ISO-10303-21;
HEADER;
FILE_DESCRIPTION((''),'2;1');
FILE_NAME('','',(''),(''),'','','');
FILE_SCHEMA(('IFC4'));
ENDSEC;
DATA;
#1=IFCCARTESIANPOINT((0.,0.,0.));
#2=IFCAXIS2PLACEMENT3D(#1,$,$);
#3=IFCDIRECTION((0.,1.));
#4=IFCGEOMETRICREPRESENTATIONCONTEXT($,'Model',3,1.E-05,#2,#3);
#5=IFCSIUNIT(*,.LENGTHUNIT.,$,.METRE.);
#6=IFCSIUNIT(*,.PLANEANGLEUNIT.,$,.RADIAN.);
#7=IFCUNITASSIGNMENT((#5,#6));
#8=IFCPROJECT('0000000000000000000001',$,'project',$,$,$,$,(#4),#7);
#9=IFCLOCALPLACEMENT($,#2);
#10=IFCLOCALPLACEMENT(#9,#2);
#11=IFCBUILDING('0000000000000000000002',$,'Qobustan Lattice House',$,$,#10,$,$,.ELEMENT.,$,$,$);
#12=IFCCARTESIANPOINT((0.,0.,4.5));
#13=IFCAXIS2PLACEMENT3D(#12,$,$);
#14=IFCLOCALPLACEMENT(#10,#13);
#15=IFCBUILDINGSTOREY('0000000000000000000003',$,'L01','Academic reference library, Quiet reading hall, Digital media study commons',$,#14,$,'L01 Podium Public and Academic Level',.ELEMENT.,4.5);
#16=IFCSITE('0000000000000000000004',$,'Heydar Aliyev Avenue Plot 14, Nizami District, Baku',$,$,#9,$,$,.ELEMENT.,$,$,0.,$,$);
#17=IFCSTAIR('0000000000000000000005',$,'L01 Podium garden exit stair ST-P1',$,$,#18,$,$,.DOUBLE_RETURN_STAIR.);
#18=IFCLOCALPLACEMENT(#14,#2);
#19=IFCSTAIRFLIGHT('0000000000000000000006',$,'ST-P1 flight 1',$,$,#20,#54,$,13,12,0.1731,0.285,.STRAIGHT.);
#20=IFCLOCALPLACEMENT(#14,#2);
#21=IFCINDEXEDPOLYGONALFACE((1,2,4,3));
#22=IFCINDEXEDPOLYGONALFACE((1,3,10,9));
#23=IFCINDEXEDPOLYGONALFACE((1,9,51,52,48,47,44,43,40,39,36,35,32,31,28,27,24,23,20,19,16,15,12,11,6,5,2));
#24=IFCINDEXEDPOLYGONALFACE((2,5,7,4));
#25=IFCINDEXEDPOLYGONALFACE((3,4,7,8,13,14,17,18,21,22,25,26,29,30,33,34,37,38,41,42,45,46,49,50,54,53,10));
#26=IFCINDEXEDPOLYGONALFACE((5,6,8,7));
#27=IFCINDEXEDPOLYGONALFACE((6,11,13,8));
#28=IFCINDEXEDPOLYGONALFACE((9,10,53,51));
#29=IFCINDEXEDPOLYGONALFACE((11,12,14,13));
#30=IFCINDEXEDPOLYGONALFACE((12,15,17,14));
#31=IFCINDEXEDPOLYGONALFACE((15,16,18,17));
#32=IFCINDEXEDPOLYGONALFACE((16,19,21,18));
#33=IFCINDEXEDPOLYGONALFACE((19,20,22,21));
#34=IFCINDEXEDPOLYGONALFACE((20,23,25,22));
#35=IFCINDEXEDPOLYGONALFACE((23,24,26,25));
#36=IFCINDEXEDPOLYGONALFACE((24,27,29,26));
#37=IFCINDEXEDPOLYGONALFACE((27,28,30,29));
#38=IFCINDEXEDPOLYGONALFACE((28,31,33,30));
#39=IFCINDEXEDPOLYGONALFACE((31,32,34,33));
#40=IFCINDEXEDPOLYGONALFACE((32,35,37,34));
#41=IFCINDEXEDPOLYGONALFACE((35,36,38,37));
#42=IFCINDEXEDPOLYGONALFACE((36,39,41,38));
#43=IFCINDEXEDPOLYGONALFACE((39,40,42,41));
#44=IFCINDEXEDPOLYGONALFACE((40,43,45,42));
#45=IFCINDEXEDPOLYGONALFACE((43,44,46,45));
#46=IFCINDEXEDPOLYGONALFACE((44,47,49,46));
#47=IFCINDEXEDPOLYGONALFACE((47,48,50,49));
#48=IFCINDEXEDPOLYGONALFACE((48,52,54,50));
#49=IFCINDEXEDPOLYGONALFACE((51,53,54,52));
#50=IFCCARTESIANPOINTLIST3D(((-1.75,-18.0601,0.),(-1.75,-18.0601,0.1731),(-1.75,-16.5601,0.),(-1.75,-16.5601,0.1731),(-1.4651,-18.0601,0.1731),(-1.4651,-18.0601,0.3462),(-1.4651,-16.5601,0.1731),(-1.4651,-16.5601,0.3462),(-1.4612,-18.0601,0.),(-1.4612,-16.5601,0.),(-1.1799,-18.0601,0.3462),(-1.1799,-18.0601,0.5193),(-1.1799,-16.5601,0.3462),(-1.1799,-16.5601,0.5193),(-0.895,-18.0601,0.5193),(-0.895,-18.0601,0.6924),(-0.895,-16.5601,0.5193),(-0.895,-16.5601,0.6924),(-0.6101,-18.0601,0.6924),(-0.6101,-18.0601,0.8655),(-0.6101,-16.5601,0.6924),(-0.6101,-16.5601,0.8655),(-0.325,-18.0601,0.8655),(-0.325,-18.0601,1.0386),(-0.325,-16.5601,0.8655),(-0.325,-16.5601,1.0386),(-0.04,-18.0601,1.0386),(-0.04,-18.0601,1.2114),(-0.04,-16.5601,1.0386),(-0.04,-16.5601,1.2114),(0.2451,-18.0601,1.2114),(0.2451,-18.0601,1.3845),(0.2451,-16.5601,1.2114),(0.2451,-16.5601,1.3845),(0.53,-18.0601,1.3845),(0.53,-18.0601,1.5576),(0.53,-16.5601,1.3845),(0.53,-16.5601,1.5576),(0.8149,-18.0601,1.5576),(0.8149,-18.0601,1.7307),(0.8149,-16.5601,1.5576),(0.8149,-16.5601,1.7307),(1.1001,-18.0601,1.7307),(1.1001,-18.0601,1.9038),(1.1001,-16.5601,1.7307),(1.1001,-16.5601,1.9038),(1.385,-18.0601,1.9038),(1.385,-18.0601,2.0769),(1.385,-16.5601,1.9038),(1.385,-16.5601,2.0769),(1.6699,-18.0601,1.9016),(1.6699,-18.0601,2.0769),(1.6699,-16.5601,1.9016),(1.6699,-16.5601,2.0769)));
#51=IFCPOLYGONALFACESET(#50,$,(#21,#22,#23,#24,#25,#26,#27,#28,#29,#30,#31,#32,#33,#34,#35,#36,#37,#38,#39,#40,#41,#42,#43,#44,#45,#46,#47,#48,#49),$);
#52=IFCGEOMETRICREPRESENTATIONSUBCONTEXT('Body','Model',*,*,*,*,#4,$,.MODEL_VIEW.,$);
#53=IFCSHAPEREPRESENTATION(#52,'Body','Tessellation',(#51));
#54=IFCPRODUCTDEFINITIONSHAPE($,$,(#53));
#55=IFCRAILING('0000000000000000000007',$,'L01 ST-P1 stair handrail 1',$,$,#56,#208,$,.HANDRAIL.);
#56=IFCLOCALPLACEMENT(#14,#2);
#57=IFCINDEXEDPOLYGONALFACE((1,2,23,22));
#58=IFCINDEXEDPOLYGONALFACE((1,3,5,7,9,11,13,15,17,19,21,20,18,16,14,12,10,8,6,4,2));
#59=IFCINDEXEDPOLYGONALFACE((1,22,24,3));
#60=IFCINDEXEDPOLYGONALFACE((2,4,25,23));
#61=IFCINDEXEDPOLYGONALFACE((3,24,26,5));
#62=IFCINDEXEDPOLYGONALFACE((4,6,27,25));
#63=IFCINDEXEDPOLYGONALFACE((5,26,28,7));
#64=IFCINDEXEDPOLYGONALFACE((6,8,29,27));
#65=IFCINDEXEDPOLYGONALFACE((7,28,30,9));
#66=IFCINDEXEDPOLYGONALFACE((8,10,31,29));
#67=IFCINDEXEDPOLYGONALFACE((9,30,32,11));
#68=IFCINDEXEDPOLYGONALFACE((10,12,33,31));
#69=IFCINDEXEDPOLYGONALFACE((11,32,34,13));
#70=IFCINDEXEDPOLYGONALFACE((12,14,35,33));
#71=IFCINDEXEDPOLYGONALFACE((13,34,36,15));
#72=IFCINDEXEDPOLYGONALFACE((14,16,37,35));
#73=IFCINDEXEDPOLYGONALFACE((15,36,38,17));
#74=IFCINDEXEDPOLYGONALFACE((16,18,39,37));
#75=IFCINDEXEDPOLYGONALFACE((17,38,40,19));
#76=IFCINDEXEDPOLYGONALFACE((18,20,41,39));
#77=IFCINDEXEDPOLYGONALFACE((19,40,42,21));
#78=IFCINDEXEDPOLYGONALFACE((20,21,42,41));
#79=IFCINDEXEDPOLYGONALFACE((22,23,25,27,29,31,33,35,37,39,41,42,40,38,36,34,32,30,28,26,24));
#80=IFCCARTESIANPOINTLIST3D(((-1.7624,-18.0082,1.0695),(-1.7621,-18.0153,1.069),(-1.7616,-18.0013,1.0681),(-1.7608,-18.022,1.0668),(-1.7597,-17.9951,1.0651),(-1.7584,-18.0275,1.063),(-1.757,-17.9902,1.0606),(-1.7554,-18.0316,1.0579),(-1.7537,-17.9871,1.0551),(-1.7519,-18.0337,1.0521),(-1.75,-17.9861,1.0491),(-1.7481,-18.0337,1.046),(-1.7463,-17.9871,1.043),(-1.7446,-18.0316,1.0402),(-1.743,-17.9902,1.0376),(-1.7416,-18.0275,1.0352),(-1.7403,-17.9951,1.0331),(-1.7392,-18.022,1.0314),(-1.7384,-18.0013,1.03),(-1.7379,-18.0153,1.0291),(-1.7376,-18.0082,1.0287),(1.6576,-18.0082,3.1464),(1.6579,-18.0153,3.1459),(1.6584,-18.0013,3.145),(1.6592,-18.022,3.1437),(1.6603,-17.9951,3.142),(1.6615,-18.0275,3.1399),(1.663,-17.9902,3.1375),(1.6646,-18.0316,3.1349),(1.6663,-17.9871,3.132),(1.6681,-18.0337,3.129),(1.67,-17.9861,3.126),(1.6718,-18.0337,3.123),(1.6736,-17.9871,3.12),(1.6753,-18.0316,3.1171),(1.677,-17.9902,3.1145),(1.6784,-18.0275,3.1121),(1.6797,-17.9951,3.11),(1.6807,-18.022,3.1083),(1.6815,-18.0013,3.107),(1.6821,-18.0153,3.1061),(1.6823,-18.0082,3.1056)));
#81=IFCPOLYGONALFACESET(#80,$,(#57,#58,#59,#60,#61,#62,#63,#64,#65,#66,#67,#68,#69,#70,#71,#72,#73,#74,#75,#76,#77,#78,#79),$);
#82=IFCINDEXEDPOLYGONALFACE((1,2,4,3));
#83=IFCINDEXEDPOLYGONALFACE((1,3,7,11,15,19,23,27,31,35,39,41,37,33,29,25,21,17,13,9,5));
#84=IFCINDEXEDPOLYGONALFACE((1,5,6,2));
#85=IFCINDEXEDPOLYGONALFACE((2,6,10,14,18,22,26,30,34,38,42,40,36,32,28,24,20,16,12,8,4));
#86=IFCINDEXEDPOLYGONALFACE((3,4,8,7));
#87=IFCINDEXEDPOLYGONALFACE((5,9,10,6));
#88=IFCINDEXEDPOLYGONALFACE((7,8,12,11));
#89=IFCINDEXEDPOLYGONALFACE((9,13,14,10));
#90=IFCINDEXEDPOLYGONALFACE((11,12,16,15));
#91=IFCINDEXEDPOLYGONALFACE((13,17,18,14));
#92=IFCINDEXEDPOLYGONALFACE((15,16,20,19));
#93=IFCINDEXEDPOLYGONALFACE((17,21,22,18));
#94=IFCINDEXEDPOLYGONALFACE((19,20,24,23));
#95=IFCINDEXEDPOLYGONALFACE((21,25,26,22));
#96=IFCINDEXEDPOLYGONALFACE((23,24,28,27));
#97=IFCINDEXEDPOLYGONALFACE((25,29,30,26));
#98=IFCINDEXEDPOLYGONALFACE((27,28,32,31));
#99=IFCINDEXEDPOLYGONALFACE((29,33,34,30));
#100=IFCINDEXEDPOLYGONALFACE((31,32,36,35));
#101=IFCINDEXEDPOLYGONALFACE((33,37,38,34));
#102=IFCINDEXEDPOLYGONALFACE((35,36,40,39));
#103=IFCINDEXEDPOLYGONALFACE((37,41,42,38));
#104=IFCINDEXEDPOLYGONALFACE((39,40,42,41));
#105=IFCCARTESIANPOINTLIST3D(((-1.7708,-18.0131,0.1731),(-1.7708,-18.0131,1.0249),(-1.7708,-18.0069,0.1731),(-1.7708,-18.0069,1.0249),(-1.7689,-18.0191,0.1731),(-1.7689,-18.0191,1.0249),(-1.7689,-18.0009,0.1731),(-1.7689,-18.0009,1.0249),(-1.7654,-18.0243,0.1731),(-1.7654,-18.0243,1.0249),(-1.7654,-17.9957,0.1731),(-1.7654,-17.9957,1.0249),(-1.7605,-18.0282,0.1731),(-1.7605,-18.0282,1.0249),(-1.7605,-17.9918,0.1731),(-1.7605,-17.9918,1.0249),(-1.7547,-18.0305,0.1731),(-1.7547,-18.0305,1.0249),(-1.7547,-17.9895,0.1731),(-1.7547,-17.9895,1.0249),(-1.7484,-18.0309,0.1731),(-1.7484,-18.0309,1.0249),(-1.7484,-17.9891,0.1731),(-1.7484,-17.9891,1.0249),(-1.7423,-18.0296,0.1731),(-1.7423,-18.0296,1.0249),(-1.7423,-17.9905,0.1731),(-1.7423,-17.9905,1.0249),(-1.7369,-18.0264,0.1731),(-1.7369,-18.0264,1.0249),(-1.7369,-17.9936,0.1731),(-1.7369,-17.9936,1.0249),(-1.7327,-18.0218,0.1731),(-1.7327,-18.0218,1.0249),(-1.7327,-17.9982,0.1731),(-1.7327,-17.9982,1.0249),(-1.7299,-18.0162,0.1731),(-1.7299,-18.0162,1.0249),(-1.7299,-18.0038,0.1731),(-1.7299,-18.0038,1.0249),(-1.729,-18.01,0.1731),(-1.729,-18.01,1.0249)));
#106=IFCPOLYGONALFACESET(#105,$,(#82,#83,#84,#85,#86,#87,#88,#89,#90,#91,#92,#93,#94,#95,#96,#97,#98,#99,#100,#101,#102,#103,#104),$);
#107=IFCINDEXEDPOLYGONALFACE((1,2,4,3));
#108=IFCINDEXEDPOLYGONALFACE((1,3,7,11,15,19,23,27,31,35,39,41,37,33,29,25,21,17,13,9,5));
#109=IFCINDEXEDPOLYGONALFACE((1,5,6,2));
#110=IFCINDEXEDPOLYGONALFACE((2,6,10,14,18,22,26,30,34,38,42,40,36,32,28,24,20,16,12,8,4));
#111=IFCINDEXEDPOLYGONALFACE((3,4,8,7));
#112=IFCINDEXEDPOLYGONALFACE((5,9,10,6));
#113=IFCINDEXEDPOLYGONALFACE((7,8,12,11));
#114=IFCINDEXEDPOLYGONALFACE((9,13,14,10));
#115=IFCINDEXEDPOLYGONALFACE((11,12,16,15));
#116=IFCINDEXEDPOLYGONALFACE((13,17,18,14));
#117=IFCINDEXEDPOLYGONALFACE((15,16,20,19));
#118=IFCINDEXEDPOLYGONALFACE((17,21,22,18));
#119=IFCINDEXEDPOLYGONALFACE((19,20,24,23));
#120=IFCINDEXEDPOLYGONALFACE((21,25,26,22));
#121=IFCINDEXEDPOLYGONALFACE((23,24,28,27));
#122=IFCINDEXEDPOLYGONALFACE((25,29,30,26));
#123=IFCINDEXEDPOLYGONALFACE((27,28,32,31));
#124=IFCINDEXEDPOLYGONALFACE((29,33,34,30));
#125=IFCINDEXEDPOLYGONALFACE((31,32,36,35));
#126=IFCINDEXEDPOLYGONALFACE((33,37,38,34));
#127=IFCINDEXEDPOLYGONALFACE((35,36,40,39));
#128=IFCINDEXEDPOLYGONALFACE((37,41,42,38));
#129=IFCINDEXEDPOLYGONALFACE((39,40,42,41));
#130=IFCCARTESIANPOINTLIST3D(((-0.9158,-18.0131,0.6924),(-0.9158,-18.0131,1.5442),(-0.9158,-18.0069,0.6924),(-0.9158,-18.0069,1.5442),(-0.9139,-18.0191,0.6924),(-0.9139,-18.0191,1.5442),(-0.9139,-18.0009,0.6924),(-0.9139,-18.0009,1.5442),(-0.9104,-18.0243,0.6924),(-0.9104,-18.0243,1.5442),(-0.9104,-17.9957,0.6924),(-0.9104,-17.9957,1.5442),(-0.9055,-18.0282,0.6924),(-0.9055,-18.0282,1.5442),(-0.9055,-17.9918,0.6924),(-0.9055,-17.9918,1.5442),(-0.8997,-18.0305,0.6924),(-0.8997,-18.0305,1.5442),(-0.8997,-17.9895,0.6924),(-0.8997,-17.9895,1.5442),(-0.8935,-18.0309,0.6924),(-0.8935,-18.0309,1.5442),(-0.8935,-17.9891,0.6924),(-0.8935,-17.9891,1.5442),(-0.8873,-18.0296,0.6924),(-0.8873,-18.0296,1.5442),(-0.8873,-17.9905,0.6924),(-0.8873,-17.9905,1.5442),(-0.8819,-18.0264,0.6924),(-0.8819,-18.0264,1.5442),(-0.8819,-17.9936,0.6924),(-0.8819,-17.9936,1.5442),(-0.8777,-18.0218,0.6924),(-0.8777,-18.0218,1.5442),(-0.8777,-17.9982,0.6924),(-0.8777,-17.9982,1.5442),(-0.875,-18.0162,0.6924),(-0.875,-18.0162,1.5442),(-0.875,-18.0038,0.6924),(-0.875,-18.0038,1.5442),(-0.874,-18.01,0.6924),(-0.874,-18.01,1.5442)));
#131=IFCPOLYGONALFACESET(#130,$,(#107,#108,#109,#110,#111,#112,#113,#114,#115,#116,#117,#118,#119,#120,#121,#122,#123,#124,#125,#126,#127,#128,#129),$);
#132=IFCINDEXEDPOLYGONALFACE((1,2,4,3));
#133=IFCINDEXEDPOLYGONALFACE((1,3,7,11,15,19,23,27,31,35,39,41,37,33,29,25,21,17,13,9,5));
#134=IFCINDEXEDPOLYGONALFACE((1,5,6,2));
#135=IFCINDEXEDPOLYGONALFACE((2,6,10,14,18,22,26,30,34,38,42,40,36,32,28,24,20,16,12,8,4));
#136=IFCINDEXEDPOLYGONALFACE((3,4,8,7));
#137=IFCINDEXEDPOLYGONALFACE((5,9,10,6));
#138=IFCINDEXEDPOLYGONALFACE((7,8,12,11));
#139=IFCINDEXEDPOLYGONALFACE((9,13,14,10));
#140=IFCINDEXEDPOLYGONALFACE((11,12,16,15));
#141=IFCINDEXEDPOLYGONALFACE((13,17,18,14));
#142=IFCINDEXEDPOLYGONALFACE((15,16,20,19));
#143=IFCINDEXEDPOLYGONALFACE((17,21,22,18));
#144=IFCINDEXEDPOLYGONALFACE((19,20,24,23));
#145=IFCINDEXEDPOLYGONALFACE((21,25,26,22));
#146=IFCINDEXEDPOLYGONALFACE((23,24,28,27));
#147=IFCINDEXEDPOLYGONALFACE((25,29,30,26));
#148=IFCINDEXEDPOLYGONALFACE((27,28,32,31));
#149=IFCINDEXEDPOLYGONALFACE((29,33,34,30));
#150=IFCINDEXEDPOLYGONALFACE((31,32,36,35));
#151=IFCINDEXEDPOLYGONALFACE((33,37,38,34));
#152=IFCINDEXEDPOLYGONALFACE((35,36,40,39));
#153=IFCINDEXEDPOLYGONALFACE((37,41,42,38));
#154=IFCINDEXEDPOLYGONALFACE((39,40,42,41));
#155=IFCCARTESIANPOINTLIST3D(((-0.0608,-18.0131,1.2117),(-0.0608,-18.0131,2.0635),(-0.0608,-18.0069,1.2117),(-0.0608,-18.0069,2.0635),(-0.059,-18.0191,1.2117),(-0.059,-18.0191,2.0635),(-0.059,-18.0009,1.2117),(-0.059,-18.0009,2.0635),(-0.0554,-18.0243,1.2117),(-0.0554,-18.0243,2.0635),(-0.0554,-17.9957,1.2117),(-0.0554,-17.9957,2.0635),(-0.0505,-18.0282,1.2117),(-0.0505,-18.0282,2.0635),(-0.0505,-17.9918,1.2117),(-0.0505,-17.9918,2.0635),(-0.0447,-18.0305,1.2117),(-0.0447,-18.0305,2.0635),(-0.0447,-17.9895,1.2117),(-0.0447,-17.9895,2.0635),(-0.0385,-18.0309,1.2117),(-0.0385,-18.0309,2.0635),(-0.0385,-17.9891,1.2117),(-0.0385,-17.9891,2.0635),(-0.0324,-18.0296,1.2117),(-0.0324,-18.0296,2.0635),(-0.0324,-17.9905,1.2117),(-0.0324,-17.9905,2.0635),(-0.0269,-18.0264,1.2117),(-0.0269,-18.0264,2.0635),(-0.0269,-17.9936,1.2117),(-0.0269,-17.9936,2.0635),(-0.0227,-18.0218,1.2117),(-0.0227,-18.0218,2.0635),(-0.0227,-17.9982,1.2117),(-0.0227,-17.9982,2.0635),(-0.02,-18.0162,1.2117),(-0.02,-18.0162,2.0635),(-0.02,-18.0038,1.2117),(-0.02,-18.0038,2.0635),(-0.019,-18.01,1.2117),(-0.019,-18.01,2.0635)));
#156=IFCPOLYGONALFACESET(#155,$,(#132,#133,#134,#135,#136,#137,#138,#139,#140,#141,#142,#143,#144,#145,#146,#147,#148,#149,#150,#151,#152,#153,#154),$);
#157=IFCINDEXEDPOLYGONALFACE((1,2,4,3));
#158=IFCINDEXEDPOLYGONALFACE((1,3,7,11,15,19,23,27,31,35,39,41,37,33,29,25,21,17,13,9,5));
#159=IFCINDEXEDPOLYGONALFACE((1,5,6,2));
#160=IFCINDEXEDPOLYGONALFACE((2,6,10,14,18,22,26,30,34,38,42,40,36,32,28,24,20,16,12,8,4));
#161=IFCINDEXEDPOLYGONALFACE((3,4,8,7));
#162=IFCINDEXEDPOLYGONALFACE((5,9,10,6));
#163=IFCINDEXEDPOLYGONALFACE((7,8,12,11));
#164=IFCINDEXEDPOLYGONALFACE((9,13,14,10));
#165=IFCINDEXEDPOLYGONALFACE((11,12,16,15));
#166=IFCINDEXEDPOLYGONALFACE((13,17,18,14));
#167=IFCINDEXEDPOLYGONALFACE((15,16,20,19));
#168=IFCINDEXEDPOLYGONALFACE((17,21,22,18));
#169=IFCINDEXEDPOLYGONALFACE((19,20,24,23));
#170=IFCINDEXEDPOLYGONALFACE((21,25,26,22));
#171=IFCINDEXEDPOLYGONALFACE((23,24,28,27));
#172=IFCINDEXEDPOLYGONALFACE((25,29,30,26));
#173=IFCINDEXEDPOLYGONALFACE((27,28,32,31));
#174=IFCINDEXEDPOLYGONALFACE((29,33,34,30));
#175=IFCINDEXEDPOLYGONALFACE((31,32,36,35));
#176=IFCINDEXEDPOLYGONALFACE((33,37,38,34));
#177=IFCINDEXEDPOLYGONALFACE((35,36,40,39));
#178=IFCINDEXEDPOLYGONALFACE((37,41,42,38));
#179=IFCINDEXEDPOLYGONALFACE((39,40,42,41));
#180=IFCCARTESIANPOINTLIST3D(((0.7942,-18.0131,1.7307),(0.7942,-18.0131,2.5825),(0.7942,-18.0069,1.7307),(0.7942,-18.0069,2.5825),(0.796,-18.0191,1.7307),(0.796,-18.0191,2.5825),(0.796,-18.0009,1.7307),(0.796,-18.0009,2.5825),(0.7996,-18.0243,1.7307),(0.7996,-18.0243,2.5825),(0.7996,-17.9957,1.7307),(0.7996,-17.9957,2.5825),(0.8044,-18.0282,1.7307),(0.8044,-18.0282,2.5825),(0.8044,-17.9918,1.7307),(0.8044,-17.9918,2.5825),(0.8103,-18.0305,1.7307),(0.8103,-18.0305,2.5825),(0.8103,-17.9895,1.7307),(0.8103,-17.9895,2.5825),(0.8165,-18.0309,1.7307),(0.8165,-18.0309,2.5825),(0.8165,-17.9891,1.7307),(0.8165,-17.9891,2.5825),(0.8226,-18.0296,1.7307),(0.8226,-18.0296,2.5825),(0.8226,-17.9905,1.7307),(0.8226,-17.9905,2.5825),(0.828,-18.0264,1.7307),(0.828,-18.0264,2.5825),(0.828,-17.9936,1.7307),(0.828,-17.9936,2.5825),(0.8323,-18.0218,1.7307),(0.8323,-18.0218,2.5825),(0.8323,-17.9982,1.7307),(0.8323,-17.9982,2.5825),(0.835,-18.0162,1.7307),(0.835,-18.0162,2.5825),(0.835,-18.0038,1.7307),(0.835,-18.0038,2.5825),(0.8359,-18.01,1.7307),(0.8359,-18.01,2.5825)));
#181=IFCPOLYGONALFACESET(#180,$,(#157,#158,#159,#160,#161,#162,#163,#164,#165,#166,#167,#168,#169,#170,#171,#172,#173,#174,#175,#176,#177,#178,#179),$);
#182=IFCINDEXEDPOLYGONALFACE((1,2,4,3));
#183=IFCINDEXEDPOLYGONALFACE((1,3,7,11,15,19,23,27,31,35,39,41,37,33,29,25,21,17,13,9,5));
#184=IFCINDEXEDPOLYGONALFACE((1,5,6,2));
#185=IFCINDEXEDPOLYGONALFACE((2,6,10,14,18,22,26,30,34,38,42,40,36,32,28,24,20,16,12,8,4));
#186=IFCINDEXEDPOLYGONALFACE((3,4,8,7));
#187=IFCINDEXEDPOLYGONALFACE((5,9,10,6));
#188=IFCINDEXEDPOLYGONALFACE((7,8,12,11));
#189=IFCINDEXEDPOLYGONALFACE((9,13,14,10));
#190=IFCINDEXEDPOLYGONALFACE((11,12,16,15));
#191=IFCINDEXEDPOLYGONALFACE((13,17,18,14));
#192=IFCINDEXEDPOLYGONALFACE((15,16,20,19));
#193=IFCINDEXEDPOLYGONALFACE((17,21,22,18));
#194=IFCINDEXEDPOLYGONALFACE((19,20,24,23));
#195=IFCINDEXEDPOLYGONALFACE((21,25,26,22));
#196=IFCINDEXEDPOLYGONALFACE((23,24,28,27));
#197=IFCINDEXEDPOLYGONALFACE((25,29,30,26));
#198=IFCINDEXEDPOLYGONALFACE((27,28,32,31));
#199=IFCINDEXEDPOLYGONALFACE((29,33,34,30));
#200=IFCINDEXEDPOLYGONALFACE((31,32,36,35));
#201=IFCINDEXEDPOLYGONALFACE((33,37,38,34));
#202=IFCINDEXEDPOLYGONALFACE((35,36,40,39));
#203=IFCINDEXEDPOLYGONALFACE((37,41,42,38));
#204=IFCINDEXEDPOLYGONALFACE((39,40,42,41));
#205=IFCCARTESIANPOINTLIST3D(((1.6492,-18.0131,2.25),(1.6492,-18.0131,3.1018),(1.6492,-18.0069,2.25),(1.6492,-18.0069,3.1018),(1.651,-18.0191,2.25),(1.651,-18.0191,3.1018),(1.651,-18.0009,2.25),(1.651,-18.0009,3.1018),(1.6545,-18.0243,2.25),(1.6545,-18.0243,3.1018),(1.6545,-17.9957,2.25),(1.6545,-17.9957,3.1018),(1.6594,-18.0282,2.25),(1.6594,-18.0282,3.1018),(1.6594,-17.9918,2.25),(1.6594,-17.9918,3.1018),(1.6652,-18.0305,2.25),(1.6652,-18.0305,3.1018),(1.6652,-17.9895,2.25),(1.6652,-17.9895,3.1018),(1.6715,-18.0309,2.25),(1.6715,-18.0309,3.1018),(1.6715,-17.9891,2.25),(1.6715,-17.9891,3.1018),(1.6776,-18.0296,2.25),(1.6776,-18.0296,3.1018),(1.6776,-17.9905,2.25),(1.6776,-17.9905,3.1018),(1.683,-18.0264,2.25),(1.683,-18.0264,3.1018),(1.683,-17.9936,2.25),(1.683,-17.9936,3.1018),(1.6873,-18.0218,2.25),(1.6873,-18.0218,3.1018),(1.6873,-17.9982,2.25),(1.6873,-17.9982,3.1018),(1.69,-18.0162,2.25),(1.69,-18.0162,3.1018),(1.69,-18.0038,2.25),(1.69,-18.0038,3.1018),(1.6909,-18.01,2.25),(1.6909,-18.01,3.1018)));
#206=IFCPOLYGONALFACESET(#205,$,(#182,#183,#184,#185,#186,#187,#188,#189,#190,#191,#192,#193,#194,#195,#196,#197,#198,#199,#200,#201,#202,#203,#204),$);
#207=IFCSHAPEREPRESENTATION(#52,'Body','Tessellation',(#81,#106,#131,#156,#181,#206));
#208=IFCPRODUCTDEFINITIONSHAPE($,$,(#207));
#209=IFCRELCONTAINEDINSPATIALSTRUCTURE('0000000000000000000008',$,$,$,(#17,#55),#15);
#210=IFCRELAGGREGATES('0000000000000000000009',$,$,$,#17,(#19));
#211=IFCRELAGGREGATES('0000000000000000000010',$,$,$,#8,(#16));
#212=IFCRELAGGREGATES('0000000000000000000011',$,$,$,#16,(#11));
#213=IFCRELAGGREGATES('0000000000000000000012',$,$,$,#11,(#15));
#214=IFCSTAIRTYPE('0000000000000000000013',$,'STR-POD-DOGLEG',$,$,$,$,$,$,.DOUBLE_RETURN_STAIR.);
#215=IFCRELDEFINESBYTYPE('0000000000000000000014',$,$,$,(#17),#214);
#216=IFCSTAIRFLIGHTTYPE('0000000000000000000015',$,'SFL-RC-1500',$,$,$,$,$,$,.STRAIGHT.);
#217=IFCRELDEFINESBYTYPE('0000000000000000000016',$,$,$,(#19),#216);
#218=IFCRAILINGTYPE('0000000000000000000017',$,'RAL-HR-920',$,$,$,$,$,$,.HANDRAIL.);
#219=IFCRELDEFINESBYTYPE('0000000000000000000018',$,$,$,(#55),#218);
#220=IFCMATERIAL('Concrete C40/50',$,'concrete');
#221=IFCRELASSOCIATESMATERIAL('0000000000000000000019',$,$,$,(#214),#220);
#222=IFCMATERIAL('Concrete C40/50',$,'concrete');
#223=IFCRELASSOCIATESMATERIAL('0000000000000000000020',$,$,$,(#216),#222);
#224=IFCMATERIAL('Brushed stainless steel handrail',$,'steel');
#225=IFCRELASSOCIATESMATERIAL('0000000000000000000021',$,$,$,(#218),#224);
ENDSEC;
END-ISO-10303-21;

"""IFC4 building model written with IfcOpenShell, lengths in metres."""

from ifc_helpers import new_model, si_unit, direction, frame, origin, origin_2d, place, context, subcontext, project, spatial, polyline, circle, outline, extrude, material, type_object, element, aggregate, save


model = new_model("IFC4")

# Units and contexts
model_context = context("Model", 3, precision=1e-05, world=origin(), true_north=direction((0.0, 1.0)))
body_context = subcontext(model_context, "Body", "Model", "MODEL_VIEW")
ifc_project = project(units=[si_unit("LENGTHUNIT", "METRE"), si_unit("PLANEANGLEUNIT", "RADIAN")], contexts=[model_context])

# Site, building, storey
site_placement = place(None, origin())
site = spatial("IfcSite", under=ifc_project, at=site_placement, Name="Heydar Aliyev Avenue Plot 14, Nizami District, Baku", CompositionType="ELEMENT", RefElevation=0.0)
building_placement = place(site_placement, origin())
building = spatial("IfcBuilding", under=site, at=building_placement, Name="Qobustan Lattice House", CompositionType="ELEMENT")
storey_placement = place(building_placement, frame((0.0, 0.0, 4.5)))
storey = spatial("IfcBuildingStorey", under=building, at=storey_placement, Name="L01", Description="Academic reference library, Quiet reading hall, Digital media study commons", LongName="L01 Podium Public and Academic Level", CompositionType="ELEMENT", Elevation=4.5)

# Stair, stair flight
ifc_material_1 = material(Name="Concrete C40/50", Category="concrete")
stair_type = type_object("IfcStairType", Name="STR-POD-DOGLEG", PredefinedType="DOUBLE_RETURN_STAIR", material=ifc_material_1)
stair_placement = place(storey_placement, origin())
stair = element("IfcStair", 1, at=stair_placement, inside=storey, type_object=stair_type, Name="L01 Podium garden exit stair ST-P1", PredefinedType="DOUBLE_RETURN_STAIR")
ifc_material_2 = material(Name="Concrete C40/50", Category="concrete")
stair_flight_type = type_object("IfcStairFlightType", Name="SFL-RC-1500", PredefinedType="STRAIGHT", material=ifc_material_2)
stair_flight_placement = place(storey_placement, frame((-1.75, -17.3101, 0.0), z_axis=(0.0, 0.0, 1.0), x_axis=(1.0, 0.0, 0.0)))
stair_flight = element("IfcStairFlight", 2, at=stair_flight_placement, type_object=stair_flight_type, Name="ST-P1 flight 1", NumberOfRisers=13, NumberOfTreads=12, PredefinedType="STRAIGHT", RiserHeight=0.1731, TreadLength=0.285, context=body_context, shape_type="SweptSolid", body=[
    extrude(outline(polyline([(0.0, 0.0), (0.0, 0.1731), (0.2849, 0.1731), (0.2849, 0.3462), (0.5701, 0.3462), (0.5701, 0.5193), (0.855, 0.5193), (0.855, 0.6924), (1.1399, 0.6924), (1.1399, 0.8655), (1.425, 0.8655), (1.425, 1.0386), (1.71, 1.0386), (1.71, 1.2114), (1.9951, 1.2114), (1.9951, 1.3845), (2.28, 1.3845), (2.28, 1.5576), (2.5649, 1.5576), (2.5649, 1.7307), (2.8501, 1.7307), (2.8501, 1.9038), (3.135, 1.9038), (3.135, 2.0769), (3.4199, 2.0769), (3.4199, 2.25), (3.4199, 1.9016), (0.2888, 0.0), (0.0, 0.0)])), frame((0.0, 0.75, 0.0), z_axis=(0.0, -1.0, 0.0), x_axis=(1.0, 0.0, 0.0)), (0.0, 0.0, 1.0), 1.5),
])
aggregate(stair, [stair_flight])

# Railing
ifc_material_3 = material(Name="Brushed stainless steel handrail", Category="steel")
railing_type_1 = type_object("IfcRailingType", Name="RAL-HR-920", PredefinedType="HANDRAIL", material=ifc_material_3)
railing_1_placement = place(storey_placement, frame((-1.75, -18.01, 0.1731)))
element("IfcRailing", 3, at=railing_1_placement, inside=storey, type_object=railing_type_1, Name="L01 ST-P1 stair handrail 1", PredefinedType="HANDRAIL", context=body_context, shape_type="SweptSolid", body=[
    extrude(circle(Radius=0.0239, at=origin_2d()), frame((0.0, 0.0, 0.876), z_axis=(0.85473, 0.0, 0.519074), x_axis=(0.0, 1.0, 0.0)), (0.0, 0.0, 1.0), 4.0012),
    extrude(circle(Radius=0.021, at=origin_2d()), origin(), (0.0, 0.0, 1.0), 0.8518),
    extrude(circle(Radius=0.021, at=origin_2d()), frame((0.855, 0.0, 0.5193)), (0.0, 0.0, 1.0), 0.8518),
    extrude(circle(Radius=0.021, at=origin_2d()), frame((1.71, 0.0, 1.0386)), (0.0, 0.0, 1.0), 0.8518),
    extrude(circle(Radius=0.021, at=origin_2d()), frame((2.5649, 0.0, 1.5576)), (0.0, 0.0, 1.0), 0.8518),
    extrude(circle(Radius=0.021, at=origin_2d()), frame((3.4199, 0.0, 2.0769)), (0.0, 0.0, 1.0), 0.8518),
])

save(model, "model.ifc")
